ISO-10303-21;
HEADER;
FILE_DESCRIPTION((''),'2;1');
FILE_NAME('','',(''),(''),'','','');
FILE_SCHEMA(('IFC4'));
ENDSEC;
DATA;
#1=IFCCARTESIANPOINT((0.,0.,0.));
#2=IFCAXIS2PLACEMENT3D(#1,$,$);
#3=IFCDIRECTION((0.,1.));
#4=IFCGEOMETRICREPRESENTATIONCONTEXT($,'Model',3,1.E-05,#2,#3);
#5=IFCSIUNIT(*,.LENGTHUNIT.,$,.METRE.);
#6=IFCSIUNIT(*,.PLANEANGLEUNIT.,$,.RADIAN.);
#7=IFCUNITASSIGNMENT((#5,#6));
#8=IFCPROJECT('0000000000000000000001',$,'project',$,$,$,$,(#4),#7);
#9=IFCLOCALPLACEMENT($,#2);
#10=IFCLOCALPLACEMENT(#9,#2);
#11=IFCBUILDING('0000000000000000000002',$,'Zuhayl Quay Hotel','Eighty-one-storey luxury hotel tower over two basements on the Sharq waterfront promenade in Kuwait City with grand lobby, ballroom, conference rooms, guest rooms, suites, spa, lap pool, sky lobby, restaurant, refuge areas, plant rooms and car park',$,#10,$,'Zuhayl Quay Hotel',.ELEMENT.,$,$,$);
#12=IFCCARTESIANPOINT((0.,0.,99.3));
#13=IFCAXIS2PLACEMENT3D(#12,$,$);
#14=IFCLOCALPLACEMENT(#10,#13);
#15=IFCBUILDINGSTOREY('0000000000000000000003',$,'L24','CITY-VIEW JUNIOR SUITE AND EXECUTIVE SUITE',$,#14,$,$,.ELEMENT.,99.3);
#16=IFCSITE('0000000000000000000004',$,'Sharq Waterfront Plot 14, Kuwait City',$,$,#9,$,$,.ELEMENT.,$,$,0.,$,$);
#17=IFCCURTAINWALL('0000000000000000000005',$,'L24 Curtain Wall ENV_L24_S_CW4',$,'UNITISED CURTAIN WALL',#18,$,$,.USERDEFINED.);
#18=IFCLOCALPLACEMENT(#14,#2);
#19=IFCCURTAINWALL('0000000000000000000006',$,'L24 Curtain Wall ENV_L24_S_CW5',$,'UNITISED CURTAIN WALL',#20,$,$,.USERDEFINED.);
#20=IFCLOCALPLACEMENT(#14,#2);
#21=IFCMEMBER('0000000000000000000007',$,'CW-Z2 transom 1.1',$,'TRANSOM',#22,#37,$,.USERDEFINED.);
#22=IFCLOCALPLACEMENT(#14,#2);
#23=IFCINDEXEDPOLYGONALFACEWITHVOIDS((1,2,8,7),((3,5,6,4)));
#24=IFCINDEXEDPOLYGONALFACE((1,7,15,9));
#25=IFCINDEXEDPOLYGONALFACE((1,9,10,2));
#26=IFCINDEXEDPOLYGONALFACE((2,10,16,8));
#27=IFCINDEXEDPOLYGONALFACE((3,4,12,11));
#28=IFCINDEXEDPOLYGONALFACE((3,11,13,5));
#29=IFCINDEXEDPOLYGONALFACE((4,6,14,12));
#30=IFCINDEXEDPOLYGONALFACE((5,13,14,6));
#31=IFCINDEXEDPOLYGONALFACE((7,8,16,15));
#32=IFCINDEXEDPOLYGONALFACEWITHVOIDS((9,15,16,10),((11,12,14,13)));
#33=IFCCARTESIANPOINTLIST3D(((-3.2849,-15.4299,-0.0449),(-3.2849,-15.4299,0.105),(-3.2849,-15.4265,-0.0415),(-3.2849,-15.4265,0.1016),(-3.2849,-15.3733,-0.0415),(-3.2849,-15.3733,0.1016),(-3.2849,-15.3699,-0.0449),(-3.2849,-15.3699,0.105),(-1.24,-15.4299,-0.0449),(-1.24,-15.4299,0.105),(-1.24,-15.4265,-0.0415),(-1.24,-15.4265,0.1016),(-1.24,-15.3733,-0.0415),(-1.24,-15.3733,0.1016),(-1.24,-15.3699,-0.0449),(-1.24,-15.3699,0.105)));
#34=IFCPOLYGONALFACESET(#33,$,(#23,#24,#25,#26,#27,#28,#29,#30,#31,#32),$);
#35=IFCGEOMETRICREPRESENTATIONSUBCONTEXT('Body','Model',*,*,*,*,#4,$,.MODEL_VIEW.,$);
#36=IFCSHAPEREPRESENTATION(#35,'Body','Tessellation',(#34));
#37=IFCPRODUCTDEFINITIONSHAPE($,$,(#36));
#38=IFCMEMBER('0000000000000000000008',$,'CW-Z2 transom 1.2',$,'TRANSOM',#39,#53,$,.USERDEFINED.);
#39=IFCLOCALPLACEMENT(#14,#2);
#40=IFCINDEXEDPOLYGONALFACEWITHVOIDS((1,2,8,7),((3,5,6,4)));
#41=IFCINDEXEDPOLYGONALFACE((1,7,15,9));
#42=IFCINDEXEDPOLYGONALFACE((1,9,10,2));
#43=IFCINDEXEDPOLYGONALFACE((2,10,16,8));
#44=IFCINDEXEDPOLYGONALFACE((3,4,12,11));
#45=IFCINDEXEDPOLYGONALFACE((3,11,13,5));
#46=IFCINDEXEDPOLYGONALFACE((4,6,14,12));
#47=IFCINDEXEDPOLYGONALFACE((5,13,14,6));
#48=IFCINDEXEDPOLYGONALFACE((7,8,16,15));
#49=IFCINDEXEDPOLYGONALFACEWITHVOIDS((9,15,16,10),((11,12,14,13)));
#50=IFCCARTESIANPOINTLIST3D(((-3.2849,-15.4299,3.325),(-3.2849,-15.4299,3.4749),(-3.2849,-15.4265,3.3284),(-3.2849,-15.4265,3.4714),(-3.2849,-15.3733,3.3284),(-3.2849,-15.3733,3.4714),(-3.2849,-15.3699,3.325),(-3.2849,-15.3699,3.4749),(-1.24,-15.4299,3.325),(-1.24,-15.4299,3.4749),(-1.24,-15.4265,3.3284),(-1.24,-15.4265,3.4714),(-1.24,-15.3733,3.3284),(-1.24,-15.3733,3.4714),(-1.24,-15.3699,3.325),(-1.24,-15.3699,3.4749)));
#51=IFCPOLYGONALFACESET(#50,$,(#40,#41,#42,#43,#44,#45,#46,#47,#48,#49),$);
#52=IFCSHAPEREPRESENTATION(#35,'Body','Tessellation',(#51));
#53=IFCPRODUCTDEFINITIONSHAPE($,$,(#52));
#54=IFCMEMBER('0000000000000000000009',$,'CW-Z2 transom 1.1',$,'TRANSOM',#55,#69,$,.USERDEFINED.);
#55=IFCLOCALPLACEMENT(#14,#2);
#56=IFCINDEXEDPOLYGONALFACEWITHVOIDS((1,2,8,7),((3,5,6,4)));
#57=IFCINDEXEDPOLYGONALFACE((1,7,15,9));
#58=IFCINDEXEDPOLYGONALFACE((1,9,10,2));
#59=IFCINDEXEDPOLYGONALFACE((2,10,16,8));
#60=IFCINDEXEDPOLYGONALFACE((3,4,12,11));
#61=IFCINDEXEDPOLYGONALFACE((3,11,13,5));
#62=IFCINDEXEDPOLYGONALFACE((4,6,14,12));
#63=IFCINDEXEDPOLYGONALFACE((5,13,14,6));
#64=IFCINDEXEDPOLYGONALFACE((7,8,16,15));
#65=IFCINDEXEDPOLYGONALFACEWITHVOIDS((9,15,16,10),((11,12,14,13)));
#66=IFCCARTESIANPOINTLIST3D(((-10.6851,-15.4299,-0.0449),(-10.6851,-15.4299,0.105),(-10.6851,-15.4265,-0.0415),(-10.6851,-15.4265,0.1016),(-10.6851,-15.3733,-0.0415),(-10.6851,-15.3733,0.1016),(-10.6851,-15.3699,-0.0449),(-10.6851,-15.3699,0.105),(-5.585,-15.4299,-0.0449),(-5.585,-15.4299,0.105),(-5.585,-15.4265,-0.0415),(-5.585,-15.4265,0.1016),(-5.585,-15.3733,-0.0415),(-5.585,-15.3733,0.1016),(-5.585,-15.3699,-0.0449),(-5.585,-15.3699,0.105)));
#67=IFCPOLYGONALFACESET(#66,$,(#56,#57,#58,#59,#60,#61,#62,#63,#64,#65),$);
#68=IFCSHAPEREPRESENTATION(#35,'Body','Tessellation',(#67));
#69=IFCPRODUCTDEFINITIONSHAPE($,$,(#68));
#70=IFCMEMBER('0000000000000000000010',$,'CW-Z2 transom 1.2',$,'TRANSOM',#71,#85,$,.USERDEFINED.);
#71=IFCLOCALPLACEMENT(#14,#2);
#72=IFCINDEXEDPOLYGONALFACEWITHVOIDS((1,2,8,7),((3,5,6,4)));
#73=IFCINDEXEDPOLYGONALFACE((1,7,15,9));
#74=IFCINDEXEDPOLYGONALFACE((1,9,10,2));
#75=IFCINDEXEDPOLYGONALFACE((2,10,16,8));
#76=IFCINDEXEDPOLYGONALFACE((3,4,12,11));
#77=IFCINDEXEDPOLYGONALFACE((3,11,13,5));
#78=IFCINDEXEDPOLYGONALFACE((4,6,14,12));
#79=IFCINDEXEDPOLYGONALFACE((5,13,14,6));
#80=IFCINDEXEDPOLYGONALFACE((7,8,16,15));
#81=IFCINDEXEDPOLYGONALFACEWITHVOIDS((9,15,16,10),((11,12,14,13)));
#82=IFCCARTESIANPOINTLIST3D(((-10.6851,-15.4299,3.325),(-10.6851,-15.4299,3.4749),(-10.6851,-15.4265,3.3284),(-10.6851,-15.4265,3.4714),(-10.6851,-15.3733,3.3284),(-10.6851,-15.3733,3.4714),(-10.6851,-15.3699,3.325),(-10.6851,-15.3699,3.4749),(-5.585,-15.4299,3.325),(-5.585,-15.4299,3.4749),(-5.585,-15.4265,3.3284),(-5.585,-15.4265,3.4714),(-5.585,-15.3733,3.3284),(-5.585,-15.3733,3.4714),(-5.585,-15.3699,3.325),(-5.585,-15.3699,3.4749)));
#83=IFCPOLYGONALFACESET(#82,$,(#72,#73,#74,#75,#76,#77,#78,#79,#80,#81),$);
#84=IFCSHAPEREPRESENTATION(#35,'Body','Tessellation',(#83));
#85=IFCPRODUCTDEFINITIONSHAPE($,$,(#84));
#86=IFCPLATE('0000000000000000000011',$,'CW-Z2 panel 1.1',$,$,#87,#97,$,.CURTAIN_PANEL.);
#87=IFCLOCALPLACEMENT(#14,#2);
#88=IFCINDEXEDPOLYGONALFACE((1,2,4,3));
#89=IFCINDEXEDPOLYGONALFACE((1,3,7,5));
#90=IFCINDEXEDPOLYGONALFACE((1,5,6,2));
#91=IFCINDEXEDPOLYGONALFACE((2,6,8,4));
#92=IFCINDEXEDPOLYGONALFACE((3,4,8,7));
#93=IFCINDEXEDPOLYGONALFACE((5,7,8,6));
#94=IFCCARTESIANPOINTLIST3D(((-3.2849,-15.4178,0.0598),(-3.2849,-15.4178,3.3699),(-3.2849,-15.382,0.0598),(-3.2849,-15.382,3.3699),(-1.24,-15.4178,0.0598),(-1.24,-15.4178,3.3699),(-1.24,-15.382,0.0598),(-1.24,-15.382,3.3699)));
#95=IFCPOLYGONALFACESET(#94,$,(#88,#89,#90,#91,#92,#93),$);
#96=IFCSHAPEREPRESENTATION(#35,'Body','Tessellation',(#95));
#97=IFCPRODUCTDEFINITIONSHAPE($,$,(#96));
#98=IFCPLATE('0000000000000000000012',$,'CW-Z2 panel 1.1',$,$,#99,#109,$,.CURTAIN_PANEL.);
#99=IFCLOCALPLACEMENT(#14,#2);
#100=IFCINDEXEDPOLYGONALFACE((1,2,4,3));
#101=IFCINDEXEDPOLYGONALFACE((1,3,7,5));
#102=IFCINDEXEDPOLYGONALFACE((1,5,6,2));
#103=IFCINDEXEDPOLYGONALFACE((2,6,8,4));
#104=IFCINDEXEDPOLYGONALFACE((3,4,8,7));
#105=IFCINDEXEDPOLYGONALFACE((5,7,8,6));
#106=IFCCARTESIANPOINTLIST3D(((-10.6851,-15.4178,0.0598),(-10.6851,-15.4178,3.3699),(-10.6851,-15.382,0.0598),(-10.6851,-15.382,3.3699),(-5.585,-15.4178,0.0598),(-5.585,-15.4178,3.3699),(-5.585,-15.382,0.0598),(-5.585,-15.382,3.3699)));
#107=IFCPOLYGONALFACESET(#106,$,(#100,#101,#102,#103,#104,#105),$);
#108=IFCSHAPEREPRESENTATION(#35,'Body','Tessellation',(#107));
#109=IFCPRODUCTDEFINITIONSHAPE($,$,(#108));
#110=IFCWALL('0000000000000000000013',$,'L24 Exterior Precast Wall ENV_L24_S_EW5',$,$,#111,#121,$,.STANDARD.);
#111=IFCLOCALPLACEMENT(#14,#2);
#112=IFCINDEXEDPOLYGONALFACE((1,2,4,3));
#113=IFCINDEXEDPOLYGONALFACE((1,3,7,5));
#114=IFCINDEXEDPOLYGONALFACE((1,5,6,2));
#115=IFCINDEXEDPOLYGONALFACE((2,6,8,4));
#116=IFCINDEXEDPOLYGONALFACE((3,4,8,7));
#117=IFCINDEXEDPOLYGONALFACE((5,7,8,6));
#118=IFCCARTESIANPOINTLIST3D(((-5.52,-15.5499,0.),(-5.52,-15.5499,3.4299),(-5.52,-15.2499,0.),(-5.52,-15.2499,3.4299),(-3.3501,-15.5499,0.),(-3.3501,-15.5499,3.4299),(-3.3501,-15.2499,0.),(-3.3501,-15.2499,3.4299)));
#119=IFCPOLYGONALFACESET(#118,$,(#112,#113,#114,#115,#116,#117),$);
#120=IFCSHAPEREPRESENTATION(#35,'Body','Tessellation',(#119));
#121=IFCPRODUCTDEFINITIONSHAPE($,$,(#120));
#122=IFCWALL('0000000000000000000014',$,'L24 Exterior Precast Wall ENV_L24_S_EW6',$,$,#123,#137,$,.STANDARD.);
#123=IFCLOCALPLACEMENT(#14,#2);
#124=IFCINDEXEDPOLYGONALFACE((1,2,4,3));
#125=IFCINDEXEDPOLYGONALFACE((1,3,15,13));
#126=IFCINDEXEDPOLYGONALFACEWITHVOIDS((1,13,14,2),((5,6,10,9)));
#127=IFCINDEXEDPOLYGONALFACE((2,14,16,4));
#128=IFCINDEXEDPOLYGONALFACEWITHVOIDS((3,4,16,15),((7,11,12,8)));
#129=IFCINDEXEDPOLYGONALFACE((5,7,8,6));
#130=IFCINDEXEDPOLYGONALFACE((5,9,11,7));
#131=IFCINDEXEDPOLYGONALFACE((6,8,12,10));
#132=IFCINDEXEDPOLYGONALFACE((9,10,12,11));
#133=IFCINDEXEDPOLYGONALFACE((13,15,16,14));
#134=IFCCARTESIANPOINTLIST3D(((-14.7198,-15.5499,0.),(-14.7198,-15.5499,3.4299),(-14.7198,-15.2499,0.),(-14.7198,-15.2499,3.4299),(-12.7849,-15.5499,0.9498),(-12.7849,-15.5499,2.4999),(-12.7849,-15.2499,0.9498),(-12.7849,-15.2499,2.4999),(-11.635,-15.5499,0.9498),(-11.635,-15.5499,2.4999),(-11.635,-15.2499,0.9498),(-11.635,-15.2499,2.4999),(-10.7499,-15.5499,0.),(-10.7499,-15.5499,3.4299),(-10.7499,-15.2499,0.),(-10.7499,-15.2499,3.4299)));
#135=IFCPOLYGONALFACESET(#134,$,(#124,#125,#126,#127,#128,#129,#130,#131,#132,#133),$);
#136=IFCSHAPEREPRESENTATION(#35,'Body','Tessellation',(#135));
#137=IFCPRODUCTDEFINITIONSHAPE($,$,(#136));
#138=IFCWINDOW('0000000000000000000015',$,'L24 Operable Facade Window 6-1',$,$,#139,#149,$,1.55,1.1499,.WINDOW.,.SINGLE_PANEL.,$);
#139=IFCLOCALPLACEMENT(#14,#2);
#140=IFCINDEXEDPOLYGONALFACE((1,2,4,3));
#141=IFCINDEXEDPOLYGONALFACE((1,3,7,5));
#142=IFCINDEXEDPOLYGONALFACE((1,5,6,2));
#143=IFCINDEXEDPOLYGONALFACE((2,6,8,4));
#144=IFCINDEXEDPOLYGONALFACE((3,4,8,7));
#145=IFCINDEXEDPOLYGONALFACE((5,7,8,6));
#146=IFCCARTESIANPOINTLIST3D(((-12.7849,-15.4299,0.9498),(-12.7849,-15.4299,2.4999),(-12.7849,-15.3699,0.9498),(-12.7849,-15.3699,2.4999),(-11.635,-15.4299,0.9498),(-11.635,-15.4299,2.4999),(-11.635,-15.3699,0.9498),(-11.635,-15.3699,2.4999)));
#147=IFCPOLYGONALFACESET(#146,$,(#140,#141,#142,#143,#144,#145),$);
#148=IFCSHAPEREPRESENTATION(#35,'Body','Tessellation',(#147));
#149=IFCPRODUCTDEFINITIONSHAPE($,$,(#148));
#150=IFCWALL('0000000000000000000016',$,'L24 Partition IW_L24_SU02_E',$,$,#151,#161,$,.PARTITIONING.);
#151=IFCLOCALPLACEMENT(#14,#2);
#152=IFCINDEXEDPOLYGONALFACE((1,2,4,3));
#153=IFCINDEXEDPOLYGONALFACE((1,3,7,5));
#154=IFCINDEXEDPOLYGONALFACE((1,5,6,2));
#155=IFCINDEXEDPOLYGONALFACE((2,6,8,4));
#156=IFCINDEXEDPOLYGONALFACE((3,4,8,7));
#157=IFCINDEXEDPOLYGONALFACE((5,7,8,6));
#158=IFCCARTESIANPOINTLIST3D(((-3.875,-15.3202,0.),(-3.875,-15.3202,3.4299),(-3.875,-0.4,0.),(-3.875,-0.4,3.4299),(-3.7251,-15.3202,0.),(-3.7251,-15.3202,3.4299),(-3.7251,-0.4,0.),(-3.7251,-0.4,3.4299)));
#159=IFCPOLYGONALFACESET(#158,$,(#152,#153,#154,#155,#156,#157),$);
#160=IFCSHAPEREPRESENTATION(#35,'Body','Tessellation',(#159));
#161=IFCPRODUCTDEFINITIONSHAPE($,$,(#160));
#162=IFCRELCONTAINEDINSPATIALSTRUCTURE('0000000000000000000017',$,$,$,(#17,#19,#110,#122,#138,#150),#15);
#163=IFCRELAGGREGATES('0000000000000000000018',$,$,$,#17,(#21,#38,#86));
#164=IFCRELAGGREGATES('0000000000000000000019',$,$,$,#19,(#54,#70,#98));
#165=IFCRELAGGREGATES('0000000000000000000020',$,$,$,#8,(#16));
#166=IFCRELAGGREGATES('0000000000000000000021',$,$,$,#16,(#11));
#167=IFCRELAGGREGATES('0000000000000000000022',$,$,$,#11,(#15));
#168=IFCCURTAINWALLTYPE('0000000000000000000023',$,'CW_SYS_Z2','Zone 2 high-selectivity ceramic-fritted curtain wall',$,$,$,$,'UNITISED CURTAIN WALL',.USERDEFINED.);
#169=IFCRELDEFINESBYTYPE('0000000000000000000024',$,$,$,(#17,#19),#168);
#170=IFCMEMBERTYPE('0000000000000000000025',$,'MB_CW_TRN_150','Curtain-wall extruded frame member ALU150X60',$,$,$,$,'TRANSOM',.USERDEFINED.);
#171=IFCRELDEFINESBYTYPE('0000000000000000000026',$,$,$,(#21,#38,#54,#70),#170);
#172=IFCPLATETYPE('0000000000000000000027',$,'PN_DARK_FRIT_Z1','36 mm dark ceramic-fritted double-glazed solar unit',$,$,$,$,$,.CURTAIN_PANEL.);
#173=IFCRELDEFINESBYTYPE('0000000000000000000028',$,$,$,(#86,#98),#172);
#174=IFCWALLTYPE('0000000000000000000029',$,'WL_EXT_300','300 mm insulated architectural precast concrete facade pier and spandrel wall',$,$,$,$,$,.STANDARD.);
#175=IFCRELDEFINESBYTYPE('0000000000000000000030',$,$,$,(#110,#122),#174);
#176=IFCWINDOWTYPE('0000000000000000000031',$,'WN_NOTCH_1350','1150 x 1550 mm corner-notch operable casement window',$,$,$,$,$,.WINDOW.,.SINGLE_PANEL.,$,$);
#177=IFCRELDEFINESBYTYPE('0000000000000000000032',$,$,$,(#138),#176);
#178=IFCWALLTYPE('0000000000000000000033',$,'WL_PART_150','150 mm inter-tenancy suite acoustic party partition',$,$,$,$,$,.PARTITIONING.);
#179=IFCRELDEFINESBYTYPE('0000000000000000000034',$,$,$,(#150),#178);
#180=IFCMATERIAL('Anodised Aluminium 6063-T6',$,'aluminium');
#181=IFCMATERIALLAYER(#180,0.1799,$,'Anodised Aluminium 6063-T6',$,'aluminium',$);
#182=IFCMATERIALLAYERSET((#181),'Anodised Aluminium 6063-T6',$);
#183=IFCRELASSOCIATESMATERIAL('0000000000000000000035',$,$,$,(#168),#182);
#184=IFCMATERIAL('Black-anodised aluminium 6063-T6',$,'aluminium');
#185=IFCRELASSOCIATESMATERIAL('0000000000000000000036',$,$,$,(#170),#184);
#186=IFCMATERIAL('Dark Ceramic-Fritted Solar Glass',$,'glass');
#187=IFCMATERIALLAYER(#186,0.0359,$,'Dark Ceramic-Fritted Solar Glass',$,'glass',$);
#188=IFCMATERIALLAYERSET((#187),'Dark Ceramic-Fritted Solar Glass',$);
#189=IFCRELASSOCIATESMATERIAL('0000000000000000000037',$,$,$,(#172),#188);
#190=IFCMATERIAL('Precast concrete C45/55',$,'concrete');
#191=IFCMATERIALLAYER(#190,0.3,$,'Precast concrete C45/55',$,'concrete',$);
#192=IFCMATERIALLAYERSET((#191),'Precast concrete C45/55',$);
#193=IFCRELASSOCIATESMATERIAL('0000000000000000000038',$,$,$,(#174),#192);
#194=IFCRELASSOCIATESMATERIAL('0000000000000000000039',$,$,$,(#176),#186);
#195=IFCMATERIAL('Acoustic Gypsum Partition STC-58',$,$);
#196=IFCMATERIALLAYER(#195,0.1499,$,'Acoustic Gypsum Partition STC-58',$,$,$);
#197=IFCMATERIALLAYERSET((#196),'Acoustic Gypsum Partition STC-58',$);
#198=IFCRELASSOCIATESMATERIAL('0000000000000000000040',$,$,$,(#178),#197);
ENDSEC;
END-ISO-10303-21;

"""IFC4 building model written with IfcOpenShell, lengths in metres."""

from ifc_helpers import new_model, si_unit, direction, frame, frame_2d, origin, origin_2d, place, context, subcontext, project, spatial, rectangle, hollow_rectangle, extrude, material, layer, layer_set, material_profile, profile_set, type_object, element, fill, aggregate, save


model = new_model("IFC4")

# Units and contexts
model_context = context("Model", 3, precision=1e-05, world=origin(), true_north=direction((0.0, 1.0)))
body_context = subcontext(model_context, "Body", "Model", "MODEL_VIEW")
ifc_project = project(units=[si_unit("LENGTHUNIT", "METRE"), si_unit("PLANEANGLEUNIT", "RADIAN")], contexts=[model_context])

# Site, building, storey
site_placement = place(None, origin())
site = spatial("IfcSite", under=ifc_project, at=site_placement, Name="Sharq Waterfront Plot 14, Kuwait City", CompositionType="ELEMENT", RefElevation=0.0)
building_placement = place(site_placement, origin())
building = spatial("IfcBuilding", under=site, at=building_placement, Name="Zuhayl Quay Hotel", Description="Eighty-one-storey luxury hotel tower over two basements on the Sharq waterfront promenade in Kuwait City with grand lobby, ballroom, conference rooms, guest rooms, suites, spa, lap pool, sky lobby, restaurant, refuge areas, plant rooms and car park", LongName="Zuhayl Quay Hotel", CompositionType="ELEMENT")
storey_placement = place(building_placement, frame((0.0, 0.0, 99.3)))
storey = spatial("IfcBuildingStorey", under=building, at=storey_placement, Name="L24", Description="CITY-VIEW JUNIOR SUITE AND EXECUTIVE SUITE", CompositionType="ELEMENT", Elevation=99.3)

# Curtain walls
ifc_material_1 = material(Name="Anodised Aluminium 6063-T6", Category="aluminium")
ifc_layer_1 = layer(ifc_material_1, 0.1799, Name="Anodised Aluminium 6063-T6", Category="aluminium")
ifc_layer_set_1 = layer_set([ifc_layer_1], Name="Anodised Aluminium 6063-T6")
curtain_wall_type = type_object("IfcCurtainWallType", Name="CW_SYS_Z2", Description="Zone 2 high-selectivity ceramic-fritted curtain wall", ElementType="UNITISED CURTAIN WALL", PredefinedType="USERDEFINED", material=ifc_layer_set_1)
curtain_wall_1_placement = place(storey_placement, origin())
curtain_wall_1 = element("IfcCurtainWall", 1, at=curtain_wall_1_placement, inside=storey, type_object=curtain_wall_type, Name="L24 Curtain Wall ENV_L24_S_CW4", ObjectType="UNITISED CURTAIN WALL", PredefinedType="USERDEFINED")
ifc_material_2 = material(Name="Black-anodised aluminium 6063-T6", Category="aluminium")
curtain_wall_2_placement = place(storey_placement, origin())
curtain_wall_2 = element("IfcCurtainWall", 2, at=curtain_wall_2_placement, inside=storey, type_object=curtain_wall_type, Name="L24 Curtain Wall ENV_L24_S_CW5", ObjectType="UNITISED CURTAIN WALL", PredefinedType="USERDEFINED")

# Members
ifc_material_profile_1 = material_profile(ifc_material_2, hollow_rectangle(XDim=0.0601, YDim=0.1499, WallThickness=0.0034, at=origin_2d()), Name="ALU150X60")
ifc_profile_set_1 = profile_set([ifc_material_profile_1], Name="Black-anodised aluminium 6063-T6")
member_type_1 = type_object("IfcMemberType", Name="MB_CW_TRN_150", Description="Curtain-wall extruded frame member ALU150X60", ElementType="TRANSOM", PredefinedType="USERDEFINED", material=ifc_profile_set_1)
member_1_placement = place(storey_placement, frame((-1.24, -15.3999, 0.03), z_axis=(-1.0, 0.0, 0.0), x_axis=(0.0, -1.0, 0.0)))
member_1 = element("IfcMember", 3, at=member_1_placement, type_object=member_type_1, Name="CW-Z2 transom 1.1", ObjectType="TRANSOM", PredefinedType="USERDEFINED", context=body_context, shape_type="SweptSolid", body=[
    extrude(hollow_rectangle(XDim=0.0601, YDim=0.1499, WallThickness=0.0034, at=origin_2d()), origin(), (0.0, 0.0, 1.0), 2.0449),
])
member_2_placement = place(storey_placement, frame((-1.24, -15.3999, 3.3999), z_axis=(-1.0, 0.0, 0.0), x_axis=(0.0, -1.0, 0.0)))
member_2 = element("IfcMember", 4, at=member_2_placement, type_object=member_type_1, Name="CW-Z2 transom 1.2", ObjectType="TRANSOM", PredefinedType="USERDEFINED", context=body_context, shape_type="SweptSolid", body=[
    extrude(hollow_rectangle(XDim=0.0601, YDim=0.1499, WallThickness=0.0034, at=origin_2d()), origin(), (0.0, 0.0, 1.0), 2.0449),
])
member_3_placement = place(storey_placement, frame((-5.585, -15.3999, 0.03), z_axis=(-1.0, 0.0, 0.0), x_axis=(0.0, -1.0, 0.0)))
member_3 = element("IfcMember", 5, at=member_3_placement, type_object=member_type_1, Name="CW-Z2 transom 1.1", ObjectType="TRANSOM", PredefinedType="USERDEFINED", context=body_context, shape_type="SweptSolid", body=[
    extrude(hollow_rectangle(XDim=0.0601, YDim=0.1499, WallThickness=0.0034, at=origin_2d()), origin(), (0.0, 0.0, 1.0), 5.1001),
])
member_4_placement = place(storey_placement, frame((-5.585, -15.3999, 3.3999), z_axis=(-1.0, 0.0, 0.0), x_axis=(0.0, -1.0, 0.0)))
member_4 = element("IfcMember", 6, at=member_4_placement, type_object=member_type_1, Name="CW-Z2 transom 1.2", ObjectType="TRANSOM", PredefinedType="USERDEFINED", context=body_context, shape_type="SweptSolid", body=[
    extrude(hollow_rectangle(XDim=0.0601, YDim=0.1499, WallThickness=0.0034, at=origin_2d()), origin(), (0.0, 0.0, 1.0), 5.1001),
])

# Plates
ifc_material_3 = material(Name="Dark Ceramic-Fritted Solar Glass", Category="glass")
ifc_layer_2 = layer(ifc_material_3, 0.0359, Name="Dark Ceramic-Fritted Solar Glass", Category="glass")
ifc_layer_set_2 = layer_set([ifc_layer_2], Name="Dark Ceramic-Fritted Solar Glass")
plate_type = type_object("IfcPlateType", Name="PN_DARK_FRIT_Z1", Description="36 mm dark ceramic-fritted double-glazed solar unit", PredefinedType="CURTAIN_PANEL", material=ifc_layer_set_2)
plate_1_placement = place(storey_placement, frame((-2.2625, -15.3999, 0.0598), z_axis=(0.0, 0.0, 1.0), x_axis=(-1.0, 0.0, 0.0)))
plate_1 = element("IfcPlate", 7, at=plate_1_placement, type_object=plate_type, Name="CW-Z2 panel 1.1", PredefinedType="CURTAIN_PANEL", context=body_context, shape_type="SweptSolid", body=[
    extrude(rectangle(XDim=2.0449, YDim=0.0359, at=origin_2d()), origin(), (0.0, 0.0, 1.0), 3.3101),
])
aggregate(curtain_wall_1, [member_1, member_2, plate_1])
plate_2_placement = place(storey_placement, frame((-8.135, -15.3999, 0.0598), z_axis=(0.0, 0.0, 1.0), x_axis=(-1.0, 0.0, 0.0)))
plate_2 = element("IfcPlate", 8, at=plate_2_placement, type_object=plate_type, Name="CW-Z2 panel 1.1", PredefinedType="CURTAIN_PANEL", context=body_context, shape_type="SweptSolid", body=[
    extrude(rectangle(XDim=5.1001, YDim=0.0359, at=origin_2d()), origin(), (0.0, 0.0, 1.0), 3.3101),
])
aggregate(curtain_wall_2, [member_3, member_4, plate_2])

# Wall
ifc_material_4 = material(Name="Precast concrete C45/55", Category="concrete")
ifc_layer_3 = layer(ifc_material_4, 0.3, Name="Precast concrete C45/55", Category="concrete")
ifc_layer_set_3 = layer_set([ifc_layer_3], Name="Precast concrete C45/55")
wall_type_1 = type_object("IfcWallType", Name="WL_EXT_300", Description="300 mm insulated architectural precast concrete facade pier and spandrel wall", PredefinedType="STANDARD", material=ifc_layer_set_3)
wall_1_placement = place(storey_placement, frame((-3.3501, -15.3999, 0.0), z_axis=(0.0, 0.0, 1.0), x_axis=(-1.0, 0.0, 0.0)))
element("IfcWall", 9, at=wall_1_placement, inside=storey, type_object=wall_type_1, Name="L24 Exterior Precast Wall ENV_L24_S_EW5", PredefinedType="STANDARD", context=body_context, shape_type="SweptSolid", body=[
    extrude(rectangle(XDim=2.1699, YDim=0.3, at=frame_2d((1.085, 0.0))), origin(), (0.0, 0.0, 1.0), 3.4299),
])

# Wall, opening, window
wall_2_placement = place(storey_placement, frame((-10.75, -15.3999, 0.0), z_axis=(0.0, 0.0, 1.0), x_axis=(-1.0, 0.0, 0.0)))
wall_2 = element("IfcWall", 10, at=wall_2_placement, inside=storey, type_object=wall_type_1, Name="L24 Exterior Precast Wall ENV_L24_S_EW6", PredefinedType="STANDARD", context=body_context, shape_type="SweptSolid", body=[
    extrude(rectangle(XDim=3.97, YDim=0.3, at=frame_2d((1.9849, 0.0))), origin(), (0.0, 0.0, 1.0), 3.4299),
])
opening_1_placement = place(wall_2_placement, frame((0.885, 0.0, 0.95)))
opening_1 = element("IfcOpeningElement", 11, at=opening_1_placement, cuts=wall_2, PredefinedType="OPENING", context=body_context, shape_type="SweptSolid", body=[
    extrude(rectangle(XDim=1.1499, YDim=1.55, at=frame_2d((0.575, 0.7749))), frame((0.0, 0.1599, 0.0), z_axis=(0.0, -1.0, 0.0), x_axis=(1.0, 0.0, 0.0)), (0.0, 0.0, 1.0), 0.3201),
])
window_type = type_object("IfcWindowType", Name="WN_NOTCH_1350", Description="1150 x 1550 mm corner-notch operable casement window", PartitioningType="SINGLE_PANEL", PredefinedType="WINDOW", material=ifc_material_3)
window_placement = place(opening_1_placement, origin())
window = element("IfcWindow", 12, at=window_placement, inside=storey, type_object=window_type, Name="L24 Operable Facade Window 6-1", OverallHeight=1.55, OverallWidth=1.1499, PartitioningType="SINGLE_PANEL", PredefinedType="WINDOW", context=body_context, shape_type="SweptSolid", body=[
    extrude(rectangle(XDim=1.1499, YDim=1.55, at=frame_2d((0.575, 0.7749))), frame((0.0, 0.03, 0.0), z_axis=(0.0, -1.0, 0.0), x_axis=(1.0, 0.0, 0.0)), (0.0, 0.0, 1.0), 0.0601),
])
fill(opening_1, window)

# Wall
ifc_material_5 = material(Name="Acoustic Gypsum Partition STC-58")
ifc_layer_4 = layer(ifc_material_5, 0.1499, Name="Acoustic Gypsum Partition STC-58")
ifc_layer_set_4 = layer_set([ifc_layer_4], Name="Acoustic Gypsum Partition STC-58")
wall_type_2 = type_object("IfcWallType", Name="WL_PART_150", Description="150 mm inter-tenancy suite acoustic party partition", PredefinedType="PARTITIONING", material=ifc_layer_set_4)
wall_3_placement = place(storey_placement, frame((-3.8, -15.3201, 0.0), z_axis=(0.0, 0.0, 1.0), x_axis=(0.0, 1.0, 0.0)))
element("IfcWall", 13, at=wall_3_placement, inside=storey, type_object=wall_type_2, Name="L24 Partition IW_L24_SU02_E", PredefinedType="PARTITIONING", context=body_context, shape_type="SweptSolid", body=[
    extrude(rectangle(XDim=14.9202, YDim=0.1499, at=frame_2d((7.46, 0.0))), origin(), (0.0, 0.0, 1.0), 3.4299),
])

save(model, "model.ifc")
